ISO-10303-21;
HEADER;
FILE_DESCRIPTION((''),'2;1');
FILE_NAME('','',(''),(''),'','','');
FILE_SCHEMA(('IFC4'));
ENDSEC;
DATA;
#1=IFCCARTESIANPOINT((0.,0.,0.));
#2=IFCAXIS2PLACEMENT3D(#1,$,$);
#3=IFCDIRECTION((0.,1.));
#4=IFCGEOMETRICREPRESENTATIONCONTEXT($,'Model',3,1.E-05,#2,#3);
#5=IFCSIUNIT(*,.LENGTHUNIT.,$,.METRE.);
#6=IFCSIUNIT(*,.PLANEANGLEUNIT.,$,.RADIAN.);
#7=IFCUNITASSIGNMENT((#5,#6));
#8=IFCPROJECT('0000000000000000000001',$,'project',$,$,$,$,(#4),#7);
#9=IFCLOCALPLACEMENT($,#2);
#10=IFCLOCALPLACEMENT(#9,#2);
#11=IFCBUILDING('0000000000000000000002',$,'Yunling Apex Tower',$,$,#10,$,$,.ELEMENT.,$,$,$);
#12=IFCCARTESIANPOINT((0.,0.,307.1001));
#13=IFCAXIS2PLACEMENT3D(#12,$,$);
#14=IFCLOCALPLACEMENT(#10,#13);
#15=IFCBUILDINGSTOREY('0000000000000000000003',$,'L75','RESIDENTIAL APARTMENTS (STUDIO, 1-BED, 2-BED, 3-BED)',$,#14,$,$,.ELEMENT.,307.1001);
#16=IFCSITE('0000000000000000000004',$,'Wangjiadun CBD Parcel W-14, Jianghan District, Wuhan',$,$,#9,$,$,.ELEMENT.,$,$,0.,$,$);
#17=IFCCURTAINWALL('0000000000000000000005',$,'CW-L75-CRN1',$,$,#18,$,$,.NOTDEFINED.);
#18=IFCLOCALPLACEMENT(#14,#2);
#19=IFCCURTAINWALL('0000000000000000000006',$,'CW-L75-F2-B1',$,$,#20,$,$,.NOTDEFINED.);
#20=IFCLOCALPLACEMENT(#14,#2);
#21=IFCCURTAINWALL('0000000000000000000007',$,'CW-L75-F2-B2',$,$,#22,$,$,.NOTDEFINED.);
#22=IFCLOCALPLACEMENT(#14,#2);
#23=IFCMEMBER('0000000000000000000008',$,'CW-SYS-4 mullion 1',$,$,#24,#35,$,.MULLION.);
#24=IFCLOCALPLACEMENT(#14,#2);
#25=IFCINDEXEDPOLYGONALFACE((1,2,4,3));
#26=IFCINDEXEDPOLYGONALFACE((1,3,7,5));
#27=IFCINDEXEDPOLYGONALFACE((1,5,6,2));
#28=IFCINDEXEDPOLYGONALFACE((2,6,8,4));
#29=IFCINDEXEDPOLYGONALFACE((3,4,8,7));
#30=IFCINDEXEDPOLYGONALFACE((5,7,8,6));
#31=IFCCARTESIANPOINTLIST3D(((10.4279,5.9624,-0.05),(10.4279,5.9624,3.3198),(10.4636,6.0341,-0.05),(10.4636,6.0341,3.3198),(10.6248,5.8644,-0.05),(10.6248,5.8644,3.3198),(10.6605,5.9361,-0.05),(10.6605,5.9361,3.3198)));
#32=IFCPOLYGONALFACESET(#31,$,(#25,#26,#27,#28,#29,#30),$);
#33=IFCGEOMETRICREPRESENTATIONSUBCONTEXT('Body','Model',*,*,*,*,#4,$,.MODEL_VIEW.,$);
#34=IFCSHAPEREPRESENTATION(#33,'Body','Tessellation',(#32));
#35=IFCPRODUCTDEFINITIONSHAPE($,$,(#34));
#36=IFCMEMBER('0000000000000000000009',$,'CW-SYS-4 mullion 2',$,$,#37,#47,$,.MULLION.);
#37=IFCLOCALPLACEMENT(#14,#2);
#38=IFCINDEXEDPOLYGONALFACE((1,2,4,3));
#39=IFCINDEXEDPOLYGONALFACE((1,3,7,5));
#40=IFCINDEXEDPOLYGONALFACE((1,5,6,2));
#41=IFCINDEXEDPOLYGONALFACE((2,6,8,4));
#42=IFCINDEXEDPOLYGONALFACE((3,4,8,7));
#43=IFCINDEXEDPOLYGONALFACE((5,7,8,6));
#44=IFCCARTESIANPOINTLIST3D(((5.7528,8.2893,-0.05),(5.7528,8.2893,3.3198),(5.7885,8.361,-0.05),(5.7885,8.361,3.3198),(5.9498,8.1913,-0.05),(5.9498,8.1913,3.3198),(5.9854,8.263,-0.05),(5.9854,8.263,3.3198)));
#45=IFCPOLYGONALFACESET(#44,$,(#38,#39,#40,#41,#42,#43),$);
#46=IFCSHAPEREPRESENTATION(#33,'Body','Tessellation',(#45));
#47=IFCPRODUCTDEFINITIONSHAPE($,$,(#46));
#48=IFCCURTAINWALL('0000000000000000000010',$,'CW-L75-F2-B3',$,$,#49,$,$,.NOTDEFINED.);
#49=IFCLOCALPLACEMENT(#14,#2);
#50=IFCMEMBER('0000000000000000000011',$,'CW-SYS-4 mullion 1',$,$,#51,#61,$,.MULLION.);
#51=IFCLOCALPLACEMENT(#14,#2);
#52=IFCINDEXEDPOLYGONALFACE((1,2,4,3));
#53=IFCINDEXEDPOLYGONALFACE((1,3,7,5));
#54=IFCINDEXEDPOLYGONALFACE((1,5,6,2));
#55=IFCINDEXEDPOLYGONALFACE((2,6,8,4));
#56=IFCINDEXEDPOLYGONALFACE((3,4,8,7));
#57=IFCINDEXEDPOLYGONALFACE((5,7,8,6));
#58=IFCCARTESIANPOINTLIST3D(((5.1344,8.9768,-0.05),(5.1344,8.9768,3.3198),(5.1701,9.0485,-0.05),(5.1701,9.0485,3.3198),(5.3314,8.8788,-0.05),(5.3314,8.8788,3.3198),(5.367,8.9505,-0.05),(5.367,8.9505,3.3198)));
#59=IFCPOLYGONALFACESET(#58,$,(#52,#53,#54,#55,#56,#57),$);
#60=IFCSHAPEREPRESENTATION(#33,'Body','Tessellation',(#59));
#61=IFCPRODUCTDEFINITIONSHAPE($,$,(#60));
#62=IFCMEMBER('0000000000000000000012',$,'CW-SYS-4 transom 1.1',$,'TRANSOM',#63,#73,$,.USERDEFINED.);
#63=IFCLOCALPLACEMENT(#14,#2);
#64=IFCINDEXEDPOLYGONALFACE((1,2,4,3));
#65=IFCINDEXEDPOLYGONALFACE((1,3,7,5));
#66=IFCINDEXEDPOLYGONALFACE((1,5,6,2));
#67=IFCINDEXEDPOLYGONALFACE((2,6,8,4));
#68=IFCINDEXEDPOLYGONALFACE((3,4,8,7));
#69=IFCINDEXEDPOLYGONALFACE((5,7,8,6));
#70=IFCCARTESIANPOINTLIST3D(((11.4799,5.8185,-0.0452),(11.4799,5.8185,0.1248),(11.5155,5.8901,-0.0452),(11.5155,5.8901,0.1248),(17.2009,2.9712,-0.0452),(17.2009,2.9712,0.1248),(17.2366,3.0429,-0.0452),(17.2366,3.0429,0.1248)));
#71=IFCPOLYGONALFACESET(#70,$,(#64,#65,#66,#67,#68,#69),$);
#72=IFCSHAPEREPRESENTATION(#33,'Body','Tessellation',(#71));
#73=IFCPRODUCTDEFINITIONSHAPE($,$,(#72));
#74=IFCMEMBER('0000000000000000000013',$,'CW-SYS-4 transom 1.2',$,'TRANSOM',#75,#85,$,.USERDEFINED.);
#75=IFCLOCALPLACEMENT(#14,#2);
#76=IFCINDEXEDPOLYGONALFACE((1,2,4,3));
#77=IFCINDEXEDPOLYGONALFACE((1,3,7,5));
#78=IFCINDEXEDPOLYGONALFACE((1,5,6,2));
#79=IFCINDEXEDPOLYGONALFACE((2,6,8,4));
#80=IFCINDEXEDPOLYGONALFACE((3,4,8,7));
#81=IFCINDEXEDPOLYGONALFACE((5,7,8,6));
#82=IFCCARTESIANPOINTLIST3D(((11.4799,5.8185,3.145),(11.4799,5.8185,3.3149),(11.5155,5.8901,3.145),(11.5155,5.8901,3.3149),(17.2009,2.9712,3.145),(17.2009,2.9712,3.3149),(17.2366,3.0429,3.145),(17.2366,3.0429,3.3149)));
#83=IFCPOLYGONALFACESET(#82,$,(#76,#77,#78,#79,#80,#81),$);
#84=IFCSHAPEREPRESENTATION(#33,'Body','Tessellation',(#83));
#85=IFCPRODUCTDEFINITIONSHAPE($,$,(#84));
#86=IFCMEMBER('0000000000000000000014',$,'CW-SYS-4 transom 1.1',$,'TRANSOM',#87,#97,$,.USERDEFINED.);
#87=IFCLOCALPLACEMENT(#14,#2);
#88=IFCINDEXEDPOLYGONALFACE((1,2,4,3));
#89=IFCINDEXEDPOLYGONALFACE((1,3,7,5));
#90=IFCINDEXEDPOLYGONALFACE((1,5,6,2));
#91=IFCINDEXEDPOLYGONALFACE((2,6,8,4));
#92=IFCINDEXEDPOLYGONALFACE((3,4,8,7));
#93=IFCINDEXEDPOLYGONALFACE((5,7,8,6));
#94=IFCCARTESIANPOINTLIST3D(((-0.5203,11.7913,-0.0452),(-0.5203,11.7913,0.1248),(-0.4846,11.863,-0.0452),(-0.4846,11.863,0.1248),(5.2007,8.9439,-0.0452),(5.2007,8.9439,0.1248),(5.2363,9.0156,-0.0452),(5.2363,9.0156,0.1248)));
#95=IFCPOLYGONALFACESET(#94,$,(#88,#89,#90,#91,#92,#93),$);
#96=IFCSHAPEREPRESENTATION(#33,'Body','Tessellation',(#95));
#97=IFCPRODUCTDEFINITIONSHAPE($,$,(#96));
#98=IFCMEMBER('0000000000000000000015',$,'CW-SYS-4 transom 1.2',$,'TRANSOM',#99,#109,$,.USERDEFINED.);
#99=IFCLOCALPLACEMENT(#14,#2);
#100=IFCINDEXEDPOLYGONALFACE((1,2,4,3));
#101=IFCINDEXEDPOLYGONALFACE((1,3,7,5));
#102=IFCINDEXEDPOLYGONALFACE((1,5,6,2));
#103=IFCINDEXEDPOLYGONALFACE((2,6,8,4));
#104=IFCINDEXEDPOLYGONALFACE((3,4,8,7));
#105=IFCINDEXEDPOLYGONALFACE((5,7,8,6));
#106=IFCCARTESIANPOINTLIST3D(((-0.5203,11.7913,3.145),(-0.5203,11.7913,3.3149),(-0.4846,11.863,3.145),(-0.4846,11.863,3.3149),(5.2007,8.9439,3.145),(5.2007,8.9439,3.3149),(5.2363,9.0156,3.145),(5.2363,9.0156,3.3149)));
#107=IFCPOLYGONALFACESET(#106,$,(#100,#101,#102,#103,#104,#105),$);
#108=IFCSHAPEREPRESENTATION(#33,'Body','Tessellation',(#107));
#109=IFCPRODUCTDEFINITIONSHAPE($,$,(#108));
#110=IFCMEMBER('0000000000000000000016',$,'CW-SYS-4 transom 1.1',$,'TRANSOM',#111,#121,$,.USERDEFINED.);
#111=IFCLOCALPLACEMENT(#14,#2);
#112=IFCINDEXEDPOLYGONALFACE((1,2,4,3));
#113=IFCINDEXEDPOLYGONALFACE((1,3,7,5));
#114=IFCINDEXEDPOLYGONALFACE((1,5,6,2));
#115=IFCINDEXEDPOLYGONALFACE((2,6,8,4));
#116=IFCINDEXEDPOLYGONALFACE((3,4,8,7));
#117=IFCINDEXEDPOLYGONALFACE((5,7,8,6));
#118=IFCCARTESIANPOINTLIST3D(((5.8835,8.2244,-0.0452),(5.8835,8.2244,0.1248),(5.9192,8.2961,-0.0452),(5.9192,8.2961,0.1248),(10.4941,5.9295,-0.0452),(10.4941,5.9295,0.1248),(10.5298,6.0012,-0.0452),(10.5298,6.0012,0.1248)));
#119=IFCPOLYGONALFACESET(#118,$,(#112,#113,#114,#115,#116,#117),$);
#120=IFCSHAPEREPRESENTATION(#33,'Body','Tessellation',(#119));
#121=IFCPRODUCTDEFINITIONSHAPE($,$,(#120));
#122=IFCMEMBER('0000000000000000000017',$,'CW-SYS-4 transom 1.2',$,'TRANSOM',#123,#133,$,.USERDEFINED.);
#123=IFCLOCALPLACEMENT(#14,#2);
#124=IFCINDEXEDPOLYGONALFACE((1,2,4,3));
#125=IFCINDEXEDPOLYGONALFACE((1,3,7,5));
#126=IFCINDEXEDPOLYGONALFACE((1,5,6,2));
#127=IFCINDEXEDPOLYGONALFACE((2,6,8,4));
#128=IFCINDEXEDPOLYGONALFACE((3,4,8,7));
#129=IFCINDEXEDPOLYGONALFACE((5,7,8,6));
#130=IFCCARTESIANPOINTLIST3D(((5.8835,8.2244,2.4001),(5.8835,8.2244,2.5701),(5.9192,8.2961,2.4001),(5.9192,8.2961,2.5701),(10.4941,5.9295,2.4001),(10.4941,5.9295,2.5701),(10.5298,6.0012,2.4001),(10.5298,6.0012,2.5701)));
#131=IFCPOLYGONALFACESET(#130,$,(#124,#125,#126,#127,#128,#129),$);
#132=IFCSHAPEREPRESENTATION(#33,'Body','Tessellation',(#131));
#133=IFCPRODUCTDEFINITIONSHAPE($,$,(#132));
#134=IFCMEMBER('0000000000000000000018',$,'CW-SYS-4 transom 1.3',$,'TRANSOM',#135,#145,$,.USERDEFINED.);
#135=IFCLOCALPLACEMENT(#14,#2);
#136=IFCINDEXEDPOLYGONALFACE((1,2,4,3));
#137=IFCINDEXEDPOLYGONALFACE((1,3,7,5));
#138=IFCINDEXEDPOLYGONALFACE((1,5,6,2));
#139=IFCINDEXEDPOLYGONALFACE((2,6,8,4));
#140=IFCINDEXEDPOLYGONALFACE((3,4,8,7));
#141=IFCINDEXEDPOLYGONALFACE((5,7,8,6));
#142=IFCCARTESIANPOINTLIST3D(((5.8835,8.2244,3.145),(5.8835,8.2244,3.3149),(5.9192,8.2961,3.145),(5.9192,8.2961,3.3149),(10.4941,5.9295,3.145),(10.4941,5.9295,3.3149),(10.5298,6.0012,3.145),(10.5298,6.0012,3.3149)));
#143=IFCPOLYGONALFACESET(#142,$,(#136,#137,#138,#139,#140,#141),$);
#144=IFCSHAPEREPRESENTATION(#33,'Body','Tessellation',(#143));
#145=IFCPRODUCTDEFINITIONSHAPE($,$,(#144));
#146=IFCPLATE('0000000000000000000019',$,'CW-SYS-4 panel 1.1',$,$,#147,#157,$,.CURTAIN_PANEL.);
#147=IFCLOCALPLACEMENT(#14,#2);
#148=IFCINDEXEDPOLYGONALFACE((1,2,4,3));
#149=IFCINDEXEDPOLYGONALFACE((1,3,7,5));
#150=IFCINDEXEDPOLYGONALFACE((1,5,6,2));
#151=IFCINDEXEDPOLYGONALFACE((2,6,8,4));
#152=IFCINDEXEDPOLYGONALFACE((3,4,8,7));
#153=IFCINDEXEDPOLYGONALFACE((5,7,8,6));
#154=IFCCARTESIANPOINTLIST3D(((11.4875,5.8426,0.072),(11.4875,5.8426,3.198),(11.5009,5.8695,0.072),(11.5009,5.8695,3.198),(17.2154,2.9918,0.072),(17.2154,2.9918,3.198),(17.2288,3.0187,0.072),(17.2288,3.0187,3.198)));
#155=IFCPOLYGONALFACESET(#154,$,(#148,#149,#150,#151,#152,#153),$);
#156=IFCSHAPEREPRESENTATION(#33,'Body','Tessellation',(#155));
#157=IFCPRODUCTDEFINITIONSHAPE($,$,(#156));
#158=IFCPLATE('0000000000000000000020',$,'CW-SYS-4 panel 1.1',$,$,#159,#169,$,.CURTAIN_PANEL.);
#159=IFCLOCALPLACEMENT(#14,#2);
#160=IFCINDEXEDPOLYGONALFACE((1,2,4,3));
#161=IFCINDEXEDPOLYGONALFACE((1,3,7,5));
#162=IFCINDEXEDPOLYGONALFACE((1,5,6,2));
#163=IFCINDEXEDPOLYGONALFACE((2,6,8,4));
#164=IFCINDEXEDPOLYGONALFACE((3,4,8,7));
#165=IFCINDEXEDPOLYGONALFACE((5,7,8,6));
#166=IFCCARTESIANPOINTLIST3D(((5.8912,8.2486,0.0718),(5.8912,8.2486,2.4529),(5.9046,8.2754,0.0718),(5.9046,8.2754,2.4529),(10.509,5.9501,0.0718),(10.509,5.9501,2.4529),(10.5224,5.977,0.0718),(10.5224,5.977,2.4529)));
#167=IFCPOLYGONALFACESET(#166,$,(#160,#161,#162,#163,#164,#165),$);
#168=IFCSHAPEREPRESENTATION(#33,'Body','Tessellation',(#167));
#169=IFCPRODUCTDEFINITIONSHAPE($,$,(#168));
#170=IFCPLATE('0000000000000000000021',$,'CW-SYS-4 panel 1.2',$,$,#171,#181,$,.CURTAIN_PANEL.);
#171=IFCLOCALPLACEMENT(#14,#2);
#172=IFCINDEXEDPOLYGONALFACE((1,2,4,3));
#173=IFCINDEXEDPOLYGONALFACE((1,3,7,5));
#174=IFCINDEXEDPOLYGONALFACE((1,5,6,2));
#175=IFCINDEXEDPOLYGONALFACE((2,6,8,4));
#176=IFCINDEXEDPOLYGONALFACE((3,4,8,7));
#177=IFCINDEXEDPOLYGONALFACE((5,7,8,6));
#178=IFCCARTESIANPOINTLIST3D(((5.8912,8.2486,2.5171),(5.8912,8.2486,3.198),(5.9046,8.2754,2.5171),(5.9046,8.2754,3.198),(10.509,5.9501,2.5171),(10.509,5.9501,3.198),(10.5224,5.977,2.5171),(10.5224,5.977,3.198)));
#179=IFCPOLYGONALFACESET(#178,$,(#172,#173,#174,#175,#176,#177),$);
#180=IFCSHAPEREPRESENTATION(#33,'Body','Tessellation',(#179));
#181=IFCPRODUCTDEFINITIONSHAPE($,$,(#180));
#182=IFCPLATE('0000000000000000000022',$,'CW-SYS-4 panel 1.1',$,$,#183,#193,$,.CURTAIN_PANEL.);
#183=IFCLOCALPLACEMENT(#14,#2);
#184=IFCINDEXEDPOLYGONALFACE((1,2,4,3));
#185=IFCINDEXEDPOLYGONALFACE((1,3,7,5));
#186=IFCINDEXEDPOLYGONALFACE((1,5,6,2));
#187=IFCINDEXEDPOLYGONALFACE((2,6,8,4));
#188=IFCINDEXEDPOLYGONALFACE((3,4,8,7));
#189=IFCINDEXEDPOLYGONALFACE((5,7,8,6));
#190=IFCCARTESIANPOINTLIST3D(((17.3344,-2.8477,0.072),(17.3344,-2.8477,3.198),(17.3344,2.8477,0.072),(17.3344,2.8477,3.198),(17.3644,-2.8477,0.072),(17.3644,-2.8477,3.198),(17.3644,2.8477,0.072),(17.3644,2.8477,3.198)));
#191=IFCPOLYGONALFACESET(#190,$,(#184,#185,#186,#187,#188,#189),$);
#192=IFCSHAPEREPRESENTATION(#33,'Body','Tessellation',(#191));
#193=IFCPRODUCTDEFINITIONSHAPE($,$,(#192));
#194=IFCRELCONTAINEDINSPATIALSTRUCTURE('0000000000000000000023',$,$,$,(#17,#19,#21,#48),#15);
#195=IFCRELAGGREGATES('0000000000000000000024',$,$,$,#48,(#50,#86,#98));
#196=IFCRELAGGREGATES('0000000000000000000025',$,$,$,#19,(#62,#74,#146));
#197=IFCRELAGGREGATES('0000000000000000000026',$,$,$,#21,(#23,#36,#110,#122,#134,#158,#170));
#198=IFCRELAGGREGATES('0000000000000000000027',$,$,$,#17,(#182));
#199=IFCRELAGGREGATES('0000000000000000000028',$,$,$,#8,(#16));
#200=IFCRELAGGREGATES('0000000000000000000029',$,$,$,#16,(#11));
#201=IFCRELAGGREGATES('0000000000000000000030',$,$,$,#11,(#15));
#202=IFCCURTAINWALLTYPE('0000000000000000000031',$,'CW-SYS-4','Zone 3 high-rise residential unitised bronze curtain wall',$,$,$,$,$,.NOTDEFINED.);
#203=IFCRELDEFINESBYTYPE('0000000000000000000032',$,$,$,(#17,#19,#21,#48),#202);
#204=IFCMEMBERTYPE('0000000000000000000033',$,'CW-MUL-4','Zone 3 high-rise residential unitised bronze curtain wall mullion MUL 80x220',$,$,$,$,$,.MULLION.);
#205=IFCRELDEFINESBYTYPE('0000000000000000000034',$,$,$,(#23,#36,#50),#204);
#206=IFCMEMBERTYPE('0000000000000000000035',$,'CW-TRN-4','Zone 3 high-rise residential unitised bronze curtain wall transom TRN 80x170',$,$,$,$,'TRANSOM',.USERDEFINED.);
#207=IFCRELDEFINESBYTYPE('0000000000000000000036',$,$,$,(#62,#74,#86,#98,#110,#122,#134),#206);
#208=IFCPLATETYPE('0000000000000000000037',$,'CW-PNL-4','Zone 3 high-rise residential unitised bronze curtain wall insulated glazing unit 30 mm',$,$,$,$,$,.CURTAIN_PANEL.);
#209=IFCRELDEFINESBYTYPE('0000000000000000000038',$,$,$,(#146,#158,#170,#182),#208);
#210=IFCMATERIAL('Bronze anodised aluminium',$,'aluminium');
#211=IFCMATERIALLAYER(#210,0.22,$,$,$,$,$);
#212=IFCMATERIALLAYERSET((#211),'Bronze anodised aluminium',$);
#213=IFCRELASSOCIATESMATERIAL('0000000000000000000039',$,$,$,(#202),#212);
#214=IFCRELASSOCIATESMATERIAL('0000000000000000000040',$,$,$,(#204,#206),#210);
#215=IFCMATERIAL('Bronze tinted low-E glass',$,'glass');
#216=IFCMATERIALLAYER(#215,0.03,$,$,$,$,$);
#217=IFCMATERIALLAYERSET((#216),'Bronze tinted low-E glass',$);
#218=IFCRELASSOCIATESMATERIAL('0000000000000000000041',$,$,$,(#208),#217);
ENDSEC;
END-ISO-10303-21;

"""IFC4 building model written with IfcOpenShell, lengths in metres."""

from ifc_helpers import new_model, si_unit, direction, frame, origin, origin_2d, place, context, subcontext, project, spatial, rectangle, extrude, source, transform, mapped, material, layer, layer_set, material_profile, profile_set, type_object, element, aggregate, save


model = new_model("IFC4")

# Units and contexts
model_context = context("Model", 3, precision=1e-05, world=origin(), true_north=direction((0.0, 1.0)))
body_context = subcontext(model_context, "Body", "Model", "MODEL_VIEW")
ifc_project = project(units=[si_unit("LENGTHUNIT", "METRE"), si_unit("PLANEANGLEUNIT", "RADIAN")], contexts=[model_context])

# Site, building, storey
site_placement = place(None, origin())
site = spatial("IfcSite", under=ifc_project, at=site_placement, Name="Wangjiadun CBD Parcel W-14, Jianghan District, Wuhan", CompositionType="ELEMENT", RefElevation=0.0)
building_placement = place(site_placement, origin())
building = spatial("IfcBuilding", under=site, at=building_placement, Name="Yunling Apex Tower", CompositionType="ELEMENT")
storey_placement = place(building_placement, frame((0.0, 0.0, 307.1001)))
storey = spatial("IfcBuildingStorey", under=building, at=storey_placement, Name="L75", Description="RESIDENTIAL APARTMENTS (STUDIO, 1-BED, 2-BED, 3-BED)", CompositionType="ELEMENT", Elevation=307.1001)

# Curtain wall
ifc_material_1 = material(Name="Bronze anodised aluminium", Category="aluminium")
ifc_layer_1 = layer(ifc_material_1, 0.22)
ifc_layer_set_1 = layer_set([ifc_layer_1], Name="Bronze anodised aluminium")
curtain_wall_type = type_object("IfcCurtainWallType", Name="CW-SYS-4", Description="Zone 3 high-rise residential unitised bronze curtain wall", PredefinedType="NOTDEFINED", material=ifc_layer_set_1)
curtain_wall_1_placement = place(storey_placement, origin())
curtain_wall_1 = element("IfcCurtainWall", 1, at=curtain_wall_1_placement, inside=storey, type_object=curtain_wall_type, Name="CW-L75-CRN1", PredefinedType="NOTDEFINED")
ifc_material_profile_1 = material_profile(ifc_material_1, rectangle(XDim=0.0801, YDim=0.22, at=origin_2d()))
ifc_profile_set_1 = profile_set([ifc_material_profile_1], Name="Bronze anodised aluminium")
member_type_1 = type_object("IfcMemberType", Name="CW-MUL-4", Description="Zone 3 high-rise residential unitised bronze curtain wall mullion MUL 80x220", PredefinedType="MULLION", material=ifc_profile_set_1)
shared_shape_1 = source(origin(), body_context, "Body", "SweptSolid", [
    extrude(rectangle(XDim=0.0801, YDim=0.22, at=origin_2d()), origin(), (0.0, 0.0, 1.0), 3.3699),
])

# Curtain walls, members
curtain_wall_2_placement = place(storey_placement, origin())
curtain_wall_2 = element("IfcCurtainWall", 2, at=curtain_wall_2_placement, inside=storey, type_object=curtain_wall_type, Name="CW-L75-F2-B1", PredefinedType="NOTDEFINED")
curtain_wall_3_placement = place(storey_placement, origin())
curtain_wall_3 = element("IfcCurtainWall", 3, at=curtain_wall_3_placement, inside=storey, type_object=curtain_wall_type, Name="CW-L75-F2-B2", PredefinedType="NOTDEFINED")
member_1_placement = place(storey_placement, frame((10.5442, 5.9492, -0.05), z_axis=(0.0, 0.0, 1.0), x_axis=(-0.445583, -0.89524, 0.0)))
member_1 = element("IfcMember", 4, at=member_1_placement, type_object=member_type_1, Name="CW-SYS-4 mullion 1", PredefinedType="MULLION", context=body_context, shape_type="MappedRepresentation", body=[
    mapped(shared_shape_1, transform((0.0, 0.0, 0.0), scale=1.0)),
])
member_2_placement = place(storey_placement, frame((5.8691, 8.2761, -0.05), z_axis=(0.0, 0.0, 1.0), x_axis=(-0.445583, -0.89524, 0.0)))
member_2 = element("IfcMember", 5, at=member_2_placement, type_object=member_type_1, Name="CW-SYS-4 mullion 2", PredefinedType="MULLION", context=body_context, shape_type="MappedRepresentation", body=[
    mapped(shared_shape_1, transform((0.0, 0.0, 0.0), scale=1.0)),
])

# Curtain wall, member
curtain_wall_4_placement = place(storey_placement, origin())
curtain_wall_4 = element("IfcCurtainWall", 6, at=curtain_wall_4_placement, inside=storey, type_object=curtain_wall_type, Name="CW-L75-F2-B3", PredefinedType="NOTDEFINED")
member_3_placement = place(storey_placement, frame((5.2507, 8.9636, -0.05), z_axis=(0.0, 0.0, 1.0), x_axis=(-0.445562, -0.895251, 0.0)))
member_3 = element("IfcMember", 7, at=member_3_placement, type_object=member_type_1, Name="CW-SYS-4 mullion 1", PredefinedType="MULLION", context=body_context, shape_type="MappedRepresentation", body=[
    mapped(shared_shape_1, transform((0.0, 0.0, 0.0), scale=1.0)),
])

# Members
ifc_material_profile_2 = material_profile(ifc_material_1, rectangle(XDim=0.0801, YDim=0.1699, at=origin_2d()))
ifc_profile_set_2 = profile_set([ifc_material_profile_2], Name="Bronze anodised aluminium")
member_type_2 = type_object("IfcMemberType", Name="CW-TRN-4", Description="Zone 3 high-rise residential unitised bronze curtain wall transom TRN 80x170", ElementType="TRANSOM", PredefinedType="USERDEFINED", material=ifc_profile_set_2)
shared_shape_2 = source(origin(), body_context, "Body", "SweptSolid", [
    extrude(rectangle(XDim=0.0801, YDim=0.1699, at=origin_2d()), origin(), (0.0, 0.0, 1.0), 6.3904),
])
member_4_placement = place(storey_placement, frame((17.2188, 3.0071, 0.0398), z_axis=(-0.895259, 0.445547, 0.0), x_axis=(-0.445547, -0.895259, 0.0)))
member_4 = element("IfcMember", 8, at=member_4_placement, type_object=member_type_2, Name="CW-SYS-4 transom 1.1", ObjectType="TRANSOM", PredefinedType="USERDEFINED", context=body_context, shape_type="MappedRepresentation", body=[
    mapped(shared_shape_2, transform((0.0, 0.0, 0.0), scale=1.0)),
])
member_5_placement = place(storey_placement, frame((17.2188, 3.0071, 3.23), z_axis=(-0.895259, 0.445547, 0.0), x_axis=(-0.445547, -0.895259, 0.0)))
member_5 = element("IfcMember", 9, at=member_5_placement, type_object=member_type_2, Name="CW-SYS-4 transom 1.2", ObjectType="TRANSOM", PredefinedType="USERDEFINED", context=body_context, shape_type="MappedRepresentation", body=[
    mapped(shared_shape_2, transform((0.0, 0.0, 0.0), scale=1.0)),
])
member_6_placement = place(storey_placement, frame((5.2185, 8.9797, 0.0398), z_axis=(-0.895243, 0.445578, 0.0), x_axis=(-0.445578, -0.895243, 0.0)))
member_6 = element("IfcMember", 10, at=member_6_placement, type_object=member_type_2, Name="CW-SYS-4 transom 1.1", ObjectType="TRANSOM", PredefinedType="USERDEFINED", context=body_context, shape_type="MappedRepresentation", body=[
    mapped(shared_shape_2, transform((0.0, 0.0, 0.0), scale=1.0)),
])
member_7_placement = place(storey_placement, frame((5.2185, 8.9797, 3.23), z_axis=(-0.895243, 0.445578, 0.0), x_axis=(-0.445578, -0.895243, 0.0)))
member_7 = element("IfcMember", 11, at=member_7_placement, type_object=member_type_2, Name="CW-SYS-4 transom 1.2", ObjectType="TRANSOM", PredefinedType="USERDEFINED", context=body_context, shape_type="MappedRepresentation", body=[
    mapped(shared_shape_2, transform((0.0, 0.0, 0.0), scale=1.0)),
])
aggregate(curtain_wall_4, [member_3, member_6, member_7])
shared_shape_3 = source(origin(), body_context, "Body", "SweptSolid", [
    extrude(rectangle(XDim=0.0801, YDim=0.1699, at=origin_2d()), origin(), (0.0, 0.0, 1.0), 5.1501),
])
member_8_placement = place(storey_placement, frame((10.512, 5.9653, 0.0398), z_axis=(-0.895232, 0.445601, 0.0), x_axis=(-0.445601, -0.895232, 0.0)))
member_8 = element("IfcMember", 12, at=member_8_placement, type_object=member_type_2, Name="CW-SYS-4 transom 1.1", ObjectType="TRANSOM", PredefinedType="USERDEFINED", context=body_context, shape_type="MappedRepresentation", body=[
    mapped(shared_shape_3, transform((0.0, 0.0, 0.0), scale=1.0)),
])
member_9_placement = place(storey_placement, frame((10.512, 5.9653, 2.4851), z_axis=(-0.895232, 0.445601, 0.0), x_axis=(-0.445601, -0.895232, 0.0)))
member_9 = element("IfcMember", 13, at=member_9_placement, type_object=member_type_2, Name="CW-SYS-4 transom 1.2", ObjectType="TRANSOM", PredefinedType="USERDEFINED", context=body_context, shape_type="MappedRepresentation", body=[
    mapped(shared_shape_3, transform((0.0, 0.0, 0.0), scale=1.0)),
])
member_10_placement = place(storey_placement, frame((10.512, 5.9653, 3.23), z_axis=(-0.895232, 0.445601, 0.0), x_axis=(-0.445601, -0.895232, 0.0)))
member_10 = element("IfcMember", 14, at=member_10_placement, type_object=member_type_2, Name="CW-SYS-4 transom 1.3", ObjectType="TRANSOM", PredefinedType="USERDEFINED", context=body_context, shape_type="MappedRepresentation", body=[
    mapped(shared_shape_3, transform((0.0, 0.0, 0.0), scale=1.0)),
])

# Plates
ifc_material_2 = material(Name="Bronze tinted low-E glass", Category="glass")
ifc_layer_2 = layer(ifc_material_2, 0.03)
ifc_layer_set_2 = layer_set([ifc_layer_2], Name="Bronze tinted low-E glass")
plate_type = type_object("IfcPlateType", Name="CW-PNL-4", Description="Zone 3 high-rise residential unitised bronze curtain wall insulated glazing unit 30 mm", PredefinedType="CURTAIN_PANEL", material=ifc_layer_set_2)
shared_shape_4 = source(origin(), body_context, "Body", "SweptSolid", [
    extrude(rectangle(XDim=6.3982, YDim=0.03, at=origin_2d()), origin(), (0.0, 0.0, 1.0), 3.126),
])
plate_1_placement = place(storey_placement, frame((14.3582, 4.4307, 0.072), z_axis=(0.0, 0.0, 1.0), x_axis=(-0.895248, 0.445568, 0.0)))
plate_1 = element("IfcPlate", 15, at=plate_1_placement, type_object=plate_type, Name="CW-SYS-4 panel 1.1", PredefinedType="CURTAIN_PANEL", context=body_context, shape_type="MappedRepresentation", body=[
    mapped(shared_shape_4, transform((0.0, 0.0, 0.0), scale=1.0)),
])
aggregate(curtain_wall_2, [member_4, member_5, plate_1])
shared_shape_5 = source(origin(), body_context, "Body", "SweptSolid", [
    extrude(rectangle(XDim=5.1582, YDim=0.03, at=origin_2d()), origin(), (0.0, 0.0, 1.0), 2.3811),
])
plate_2_placement = place(storey_placement, frame((8.2068, 7.1128, 0.0718), z_axis=(0.0, 0.0, 1.0), x_axis=(-0.89524, 0.445583, 0.0)))
plate_2 = element("IfcPlate", 16, at=plate_2_placement, type_object=plate_type, Name="CW-SYS-4 panel 1.1", PredefinedType="CURTAIN_PANEL", context=body_context, shape_type="MappedRepresentation", body=[
    mapped(shared_shape_5, transform((0.0, 0.0, 0.0), scale=1.0)),
])
shared_shape_6 = source(origin(), body_context, "Body", "SweptSolid", [
    extrude(rectangle(XDim=5.1582, YDim=0.03, at=origin_2d()), origin(), (0.0, 0.0, 1.0), 0.6809),
])
plate_3_placement = place(storey_placement, frame((8.2068, 7.1128, 2.5171), z_axis=(0.0, 0.0, 1.0), x_axis=(-0.89524, 0.445583, 0.0)))
plate_3 = element("IfcPlate", 17, at=plate_3_placement, type_object=plate_type, Name="CW-SYS-4 panel 1.2", PredefinedType="CURTAIN_PANEL", context=body_context, shape_type="MappedRepresentation", body=[
    mapped(shared_shape_6, transform((0.0, 0.0, 0.0), scale=1.0)),
])
aggregate(curtain_wall_3, [member_1, member_2, member_8, member_9, member_10, plate_2, plate_3])
shared_shape_7 = source(origin(), body_context, "Body", "SweptSolid", [
    extrude(rectangle(XDim=5.6953, YDim=0.03, at=origin_2d()), origin(), (0.0, 0.0, 1.0), 3.126),
])
plate_4_placement = place(storey_placement, frame((17.3494, 0.0, 0.072), z_axis=(0.0, 0.0, 1.0), x_axis=(0.0, 1.0, 0.0)))
plate_4 = element("IfcPlate", 18, at=plate_4_placement, type_object=plate_type, Name="CW-SYS-4 panel 1.1", PredefinedType="CURTAIN_PANEL", context=body_context, shape_type="MappedRepresentation", body=[
    mapped(shared_shape_7, transform((0.0, 0.0, 0.0), scale=1.0)),
])
aggregate(curtain_wall_1, [plate_4])

save(model, "model.ifc")
